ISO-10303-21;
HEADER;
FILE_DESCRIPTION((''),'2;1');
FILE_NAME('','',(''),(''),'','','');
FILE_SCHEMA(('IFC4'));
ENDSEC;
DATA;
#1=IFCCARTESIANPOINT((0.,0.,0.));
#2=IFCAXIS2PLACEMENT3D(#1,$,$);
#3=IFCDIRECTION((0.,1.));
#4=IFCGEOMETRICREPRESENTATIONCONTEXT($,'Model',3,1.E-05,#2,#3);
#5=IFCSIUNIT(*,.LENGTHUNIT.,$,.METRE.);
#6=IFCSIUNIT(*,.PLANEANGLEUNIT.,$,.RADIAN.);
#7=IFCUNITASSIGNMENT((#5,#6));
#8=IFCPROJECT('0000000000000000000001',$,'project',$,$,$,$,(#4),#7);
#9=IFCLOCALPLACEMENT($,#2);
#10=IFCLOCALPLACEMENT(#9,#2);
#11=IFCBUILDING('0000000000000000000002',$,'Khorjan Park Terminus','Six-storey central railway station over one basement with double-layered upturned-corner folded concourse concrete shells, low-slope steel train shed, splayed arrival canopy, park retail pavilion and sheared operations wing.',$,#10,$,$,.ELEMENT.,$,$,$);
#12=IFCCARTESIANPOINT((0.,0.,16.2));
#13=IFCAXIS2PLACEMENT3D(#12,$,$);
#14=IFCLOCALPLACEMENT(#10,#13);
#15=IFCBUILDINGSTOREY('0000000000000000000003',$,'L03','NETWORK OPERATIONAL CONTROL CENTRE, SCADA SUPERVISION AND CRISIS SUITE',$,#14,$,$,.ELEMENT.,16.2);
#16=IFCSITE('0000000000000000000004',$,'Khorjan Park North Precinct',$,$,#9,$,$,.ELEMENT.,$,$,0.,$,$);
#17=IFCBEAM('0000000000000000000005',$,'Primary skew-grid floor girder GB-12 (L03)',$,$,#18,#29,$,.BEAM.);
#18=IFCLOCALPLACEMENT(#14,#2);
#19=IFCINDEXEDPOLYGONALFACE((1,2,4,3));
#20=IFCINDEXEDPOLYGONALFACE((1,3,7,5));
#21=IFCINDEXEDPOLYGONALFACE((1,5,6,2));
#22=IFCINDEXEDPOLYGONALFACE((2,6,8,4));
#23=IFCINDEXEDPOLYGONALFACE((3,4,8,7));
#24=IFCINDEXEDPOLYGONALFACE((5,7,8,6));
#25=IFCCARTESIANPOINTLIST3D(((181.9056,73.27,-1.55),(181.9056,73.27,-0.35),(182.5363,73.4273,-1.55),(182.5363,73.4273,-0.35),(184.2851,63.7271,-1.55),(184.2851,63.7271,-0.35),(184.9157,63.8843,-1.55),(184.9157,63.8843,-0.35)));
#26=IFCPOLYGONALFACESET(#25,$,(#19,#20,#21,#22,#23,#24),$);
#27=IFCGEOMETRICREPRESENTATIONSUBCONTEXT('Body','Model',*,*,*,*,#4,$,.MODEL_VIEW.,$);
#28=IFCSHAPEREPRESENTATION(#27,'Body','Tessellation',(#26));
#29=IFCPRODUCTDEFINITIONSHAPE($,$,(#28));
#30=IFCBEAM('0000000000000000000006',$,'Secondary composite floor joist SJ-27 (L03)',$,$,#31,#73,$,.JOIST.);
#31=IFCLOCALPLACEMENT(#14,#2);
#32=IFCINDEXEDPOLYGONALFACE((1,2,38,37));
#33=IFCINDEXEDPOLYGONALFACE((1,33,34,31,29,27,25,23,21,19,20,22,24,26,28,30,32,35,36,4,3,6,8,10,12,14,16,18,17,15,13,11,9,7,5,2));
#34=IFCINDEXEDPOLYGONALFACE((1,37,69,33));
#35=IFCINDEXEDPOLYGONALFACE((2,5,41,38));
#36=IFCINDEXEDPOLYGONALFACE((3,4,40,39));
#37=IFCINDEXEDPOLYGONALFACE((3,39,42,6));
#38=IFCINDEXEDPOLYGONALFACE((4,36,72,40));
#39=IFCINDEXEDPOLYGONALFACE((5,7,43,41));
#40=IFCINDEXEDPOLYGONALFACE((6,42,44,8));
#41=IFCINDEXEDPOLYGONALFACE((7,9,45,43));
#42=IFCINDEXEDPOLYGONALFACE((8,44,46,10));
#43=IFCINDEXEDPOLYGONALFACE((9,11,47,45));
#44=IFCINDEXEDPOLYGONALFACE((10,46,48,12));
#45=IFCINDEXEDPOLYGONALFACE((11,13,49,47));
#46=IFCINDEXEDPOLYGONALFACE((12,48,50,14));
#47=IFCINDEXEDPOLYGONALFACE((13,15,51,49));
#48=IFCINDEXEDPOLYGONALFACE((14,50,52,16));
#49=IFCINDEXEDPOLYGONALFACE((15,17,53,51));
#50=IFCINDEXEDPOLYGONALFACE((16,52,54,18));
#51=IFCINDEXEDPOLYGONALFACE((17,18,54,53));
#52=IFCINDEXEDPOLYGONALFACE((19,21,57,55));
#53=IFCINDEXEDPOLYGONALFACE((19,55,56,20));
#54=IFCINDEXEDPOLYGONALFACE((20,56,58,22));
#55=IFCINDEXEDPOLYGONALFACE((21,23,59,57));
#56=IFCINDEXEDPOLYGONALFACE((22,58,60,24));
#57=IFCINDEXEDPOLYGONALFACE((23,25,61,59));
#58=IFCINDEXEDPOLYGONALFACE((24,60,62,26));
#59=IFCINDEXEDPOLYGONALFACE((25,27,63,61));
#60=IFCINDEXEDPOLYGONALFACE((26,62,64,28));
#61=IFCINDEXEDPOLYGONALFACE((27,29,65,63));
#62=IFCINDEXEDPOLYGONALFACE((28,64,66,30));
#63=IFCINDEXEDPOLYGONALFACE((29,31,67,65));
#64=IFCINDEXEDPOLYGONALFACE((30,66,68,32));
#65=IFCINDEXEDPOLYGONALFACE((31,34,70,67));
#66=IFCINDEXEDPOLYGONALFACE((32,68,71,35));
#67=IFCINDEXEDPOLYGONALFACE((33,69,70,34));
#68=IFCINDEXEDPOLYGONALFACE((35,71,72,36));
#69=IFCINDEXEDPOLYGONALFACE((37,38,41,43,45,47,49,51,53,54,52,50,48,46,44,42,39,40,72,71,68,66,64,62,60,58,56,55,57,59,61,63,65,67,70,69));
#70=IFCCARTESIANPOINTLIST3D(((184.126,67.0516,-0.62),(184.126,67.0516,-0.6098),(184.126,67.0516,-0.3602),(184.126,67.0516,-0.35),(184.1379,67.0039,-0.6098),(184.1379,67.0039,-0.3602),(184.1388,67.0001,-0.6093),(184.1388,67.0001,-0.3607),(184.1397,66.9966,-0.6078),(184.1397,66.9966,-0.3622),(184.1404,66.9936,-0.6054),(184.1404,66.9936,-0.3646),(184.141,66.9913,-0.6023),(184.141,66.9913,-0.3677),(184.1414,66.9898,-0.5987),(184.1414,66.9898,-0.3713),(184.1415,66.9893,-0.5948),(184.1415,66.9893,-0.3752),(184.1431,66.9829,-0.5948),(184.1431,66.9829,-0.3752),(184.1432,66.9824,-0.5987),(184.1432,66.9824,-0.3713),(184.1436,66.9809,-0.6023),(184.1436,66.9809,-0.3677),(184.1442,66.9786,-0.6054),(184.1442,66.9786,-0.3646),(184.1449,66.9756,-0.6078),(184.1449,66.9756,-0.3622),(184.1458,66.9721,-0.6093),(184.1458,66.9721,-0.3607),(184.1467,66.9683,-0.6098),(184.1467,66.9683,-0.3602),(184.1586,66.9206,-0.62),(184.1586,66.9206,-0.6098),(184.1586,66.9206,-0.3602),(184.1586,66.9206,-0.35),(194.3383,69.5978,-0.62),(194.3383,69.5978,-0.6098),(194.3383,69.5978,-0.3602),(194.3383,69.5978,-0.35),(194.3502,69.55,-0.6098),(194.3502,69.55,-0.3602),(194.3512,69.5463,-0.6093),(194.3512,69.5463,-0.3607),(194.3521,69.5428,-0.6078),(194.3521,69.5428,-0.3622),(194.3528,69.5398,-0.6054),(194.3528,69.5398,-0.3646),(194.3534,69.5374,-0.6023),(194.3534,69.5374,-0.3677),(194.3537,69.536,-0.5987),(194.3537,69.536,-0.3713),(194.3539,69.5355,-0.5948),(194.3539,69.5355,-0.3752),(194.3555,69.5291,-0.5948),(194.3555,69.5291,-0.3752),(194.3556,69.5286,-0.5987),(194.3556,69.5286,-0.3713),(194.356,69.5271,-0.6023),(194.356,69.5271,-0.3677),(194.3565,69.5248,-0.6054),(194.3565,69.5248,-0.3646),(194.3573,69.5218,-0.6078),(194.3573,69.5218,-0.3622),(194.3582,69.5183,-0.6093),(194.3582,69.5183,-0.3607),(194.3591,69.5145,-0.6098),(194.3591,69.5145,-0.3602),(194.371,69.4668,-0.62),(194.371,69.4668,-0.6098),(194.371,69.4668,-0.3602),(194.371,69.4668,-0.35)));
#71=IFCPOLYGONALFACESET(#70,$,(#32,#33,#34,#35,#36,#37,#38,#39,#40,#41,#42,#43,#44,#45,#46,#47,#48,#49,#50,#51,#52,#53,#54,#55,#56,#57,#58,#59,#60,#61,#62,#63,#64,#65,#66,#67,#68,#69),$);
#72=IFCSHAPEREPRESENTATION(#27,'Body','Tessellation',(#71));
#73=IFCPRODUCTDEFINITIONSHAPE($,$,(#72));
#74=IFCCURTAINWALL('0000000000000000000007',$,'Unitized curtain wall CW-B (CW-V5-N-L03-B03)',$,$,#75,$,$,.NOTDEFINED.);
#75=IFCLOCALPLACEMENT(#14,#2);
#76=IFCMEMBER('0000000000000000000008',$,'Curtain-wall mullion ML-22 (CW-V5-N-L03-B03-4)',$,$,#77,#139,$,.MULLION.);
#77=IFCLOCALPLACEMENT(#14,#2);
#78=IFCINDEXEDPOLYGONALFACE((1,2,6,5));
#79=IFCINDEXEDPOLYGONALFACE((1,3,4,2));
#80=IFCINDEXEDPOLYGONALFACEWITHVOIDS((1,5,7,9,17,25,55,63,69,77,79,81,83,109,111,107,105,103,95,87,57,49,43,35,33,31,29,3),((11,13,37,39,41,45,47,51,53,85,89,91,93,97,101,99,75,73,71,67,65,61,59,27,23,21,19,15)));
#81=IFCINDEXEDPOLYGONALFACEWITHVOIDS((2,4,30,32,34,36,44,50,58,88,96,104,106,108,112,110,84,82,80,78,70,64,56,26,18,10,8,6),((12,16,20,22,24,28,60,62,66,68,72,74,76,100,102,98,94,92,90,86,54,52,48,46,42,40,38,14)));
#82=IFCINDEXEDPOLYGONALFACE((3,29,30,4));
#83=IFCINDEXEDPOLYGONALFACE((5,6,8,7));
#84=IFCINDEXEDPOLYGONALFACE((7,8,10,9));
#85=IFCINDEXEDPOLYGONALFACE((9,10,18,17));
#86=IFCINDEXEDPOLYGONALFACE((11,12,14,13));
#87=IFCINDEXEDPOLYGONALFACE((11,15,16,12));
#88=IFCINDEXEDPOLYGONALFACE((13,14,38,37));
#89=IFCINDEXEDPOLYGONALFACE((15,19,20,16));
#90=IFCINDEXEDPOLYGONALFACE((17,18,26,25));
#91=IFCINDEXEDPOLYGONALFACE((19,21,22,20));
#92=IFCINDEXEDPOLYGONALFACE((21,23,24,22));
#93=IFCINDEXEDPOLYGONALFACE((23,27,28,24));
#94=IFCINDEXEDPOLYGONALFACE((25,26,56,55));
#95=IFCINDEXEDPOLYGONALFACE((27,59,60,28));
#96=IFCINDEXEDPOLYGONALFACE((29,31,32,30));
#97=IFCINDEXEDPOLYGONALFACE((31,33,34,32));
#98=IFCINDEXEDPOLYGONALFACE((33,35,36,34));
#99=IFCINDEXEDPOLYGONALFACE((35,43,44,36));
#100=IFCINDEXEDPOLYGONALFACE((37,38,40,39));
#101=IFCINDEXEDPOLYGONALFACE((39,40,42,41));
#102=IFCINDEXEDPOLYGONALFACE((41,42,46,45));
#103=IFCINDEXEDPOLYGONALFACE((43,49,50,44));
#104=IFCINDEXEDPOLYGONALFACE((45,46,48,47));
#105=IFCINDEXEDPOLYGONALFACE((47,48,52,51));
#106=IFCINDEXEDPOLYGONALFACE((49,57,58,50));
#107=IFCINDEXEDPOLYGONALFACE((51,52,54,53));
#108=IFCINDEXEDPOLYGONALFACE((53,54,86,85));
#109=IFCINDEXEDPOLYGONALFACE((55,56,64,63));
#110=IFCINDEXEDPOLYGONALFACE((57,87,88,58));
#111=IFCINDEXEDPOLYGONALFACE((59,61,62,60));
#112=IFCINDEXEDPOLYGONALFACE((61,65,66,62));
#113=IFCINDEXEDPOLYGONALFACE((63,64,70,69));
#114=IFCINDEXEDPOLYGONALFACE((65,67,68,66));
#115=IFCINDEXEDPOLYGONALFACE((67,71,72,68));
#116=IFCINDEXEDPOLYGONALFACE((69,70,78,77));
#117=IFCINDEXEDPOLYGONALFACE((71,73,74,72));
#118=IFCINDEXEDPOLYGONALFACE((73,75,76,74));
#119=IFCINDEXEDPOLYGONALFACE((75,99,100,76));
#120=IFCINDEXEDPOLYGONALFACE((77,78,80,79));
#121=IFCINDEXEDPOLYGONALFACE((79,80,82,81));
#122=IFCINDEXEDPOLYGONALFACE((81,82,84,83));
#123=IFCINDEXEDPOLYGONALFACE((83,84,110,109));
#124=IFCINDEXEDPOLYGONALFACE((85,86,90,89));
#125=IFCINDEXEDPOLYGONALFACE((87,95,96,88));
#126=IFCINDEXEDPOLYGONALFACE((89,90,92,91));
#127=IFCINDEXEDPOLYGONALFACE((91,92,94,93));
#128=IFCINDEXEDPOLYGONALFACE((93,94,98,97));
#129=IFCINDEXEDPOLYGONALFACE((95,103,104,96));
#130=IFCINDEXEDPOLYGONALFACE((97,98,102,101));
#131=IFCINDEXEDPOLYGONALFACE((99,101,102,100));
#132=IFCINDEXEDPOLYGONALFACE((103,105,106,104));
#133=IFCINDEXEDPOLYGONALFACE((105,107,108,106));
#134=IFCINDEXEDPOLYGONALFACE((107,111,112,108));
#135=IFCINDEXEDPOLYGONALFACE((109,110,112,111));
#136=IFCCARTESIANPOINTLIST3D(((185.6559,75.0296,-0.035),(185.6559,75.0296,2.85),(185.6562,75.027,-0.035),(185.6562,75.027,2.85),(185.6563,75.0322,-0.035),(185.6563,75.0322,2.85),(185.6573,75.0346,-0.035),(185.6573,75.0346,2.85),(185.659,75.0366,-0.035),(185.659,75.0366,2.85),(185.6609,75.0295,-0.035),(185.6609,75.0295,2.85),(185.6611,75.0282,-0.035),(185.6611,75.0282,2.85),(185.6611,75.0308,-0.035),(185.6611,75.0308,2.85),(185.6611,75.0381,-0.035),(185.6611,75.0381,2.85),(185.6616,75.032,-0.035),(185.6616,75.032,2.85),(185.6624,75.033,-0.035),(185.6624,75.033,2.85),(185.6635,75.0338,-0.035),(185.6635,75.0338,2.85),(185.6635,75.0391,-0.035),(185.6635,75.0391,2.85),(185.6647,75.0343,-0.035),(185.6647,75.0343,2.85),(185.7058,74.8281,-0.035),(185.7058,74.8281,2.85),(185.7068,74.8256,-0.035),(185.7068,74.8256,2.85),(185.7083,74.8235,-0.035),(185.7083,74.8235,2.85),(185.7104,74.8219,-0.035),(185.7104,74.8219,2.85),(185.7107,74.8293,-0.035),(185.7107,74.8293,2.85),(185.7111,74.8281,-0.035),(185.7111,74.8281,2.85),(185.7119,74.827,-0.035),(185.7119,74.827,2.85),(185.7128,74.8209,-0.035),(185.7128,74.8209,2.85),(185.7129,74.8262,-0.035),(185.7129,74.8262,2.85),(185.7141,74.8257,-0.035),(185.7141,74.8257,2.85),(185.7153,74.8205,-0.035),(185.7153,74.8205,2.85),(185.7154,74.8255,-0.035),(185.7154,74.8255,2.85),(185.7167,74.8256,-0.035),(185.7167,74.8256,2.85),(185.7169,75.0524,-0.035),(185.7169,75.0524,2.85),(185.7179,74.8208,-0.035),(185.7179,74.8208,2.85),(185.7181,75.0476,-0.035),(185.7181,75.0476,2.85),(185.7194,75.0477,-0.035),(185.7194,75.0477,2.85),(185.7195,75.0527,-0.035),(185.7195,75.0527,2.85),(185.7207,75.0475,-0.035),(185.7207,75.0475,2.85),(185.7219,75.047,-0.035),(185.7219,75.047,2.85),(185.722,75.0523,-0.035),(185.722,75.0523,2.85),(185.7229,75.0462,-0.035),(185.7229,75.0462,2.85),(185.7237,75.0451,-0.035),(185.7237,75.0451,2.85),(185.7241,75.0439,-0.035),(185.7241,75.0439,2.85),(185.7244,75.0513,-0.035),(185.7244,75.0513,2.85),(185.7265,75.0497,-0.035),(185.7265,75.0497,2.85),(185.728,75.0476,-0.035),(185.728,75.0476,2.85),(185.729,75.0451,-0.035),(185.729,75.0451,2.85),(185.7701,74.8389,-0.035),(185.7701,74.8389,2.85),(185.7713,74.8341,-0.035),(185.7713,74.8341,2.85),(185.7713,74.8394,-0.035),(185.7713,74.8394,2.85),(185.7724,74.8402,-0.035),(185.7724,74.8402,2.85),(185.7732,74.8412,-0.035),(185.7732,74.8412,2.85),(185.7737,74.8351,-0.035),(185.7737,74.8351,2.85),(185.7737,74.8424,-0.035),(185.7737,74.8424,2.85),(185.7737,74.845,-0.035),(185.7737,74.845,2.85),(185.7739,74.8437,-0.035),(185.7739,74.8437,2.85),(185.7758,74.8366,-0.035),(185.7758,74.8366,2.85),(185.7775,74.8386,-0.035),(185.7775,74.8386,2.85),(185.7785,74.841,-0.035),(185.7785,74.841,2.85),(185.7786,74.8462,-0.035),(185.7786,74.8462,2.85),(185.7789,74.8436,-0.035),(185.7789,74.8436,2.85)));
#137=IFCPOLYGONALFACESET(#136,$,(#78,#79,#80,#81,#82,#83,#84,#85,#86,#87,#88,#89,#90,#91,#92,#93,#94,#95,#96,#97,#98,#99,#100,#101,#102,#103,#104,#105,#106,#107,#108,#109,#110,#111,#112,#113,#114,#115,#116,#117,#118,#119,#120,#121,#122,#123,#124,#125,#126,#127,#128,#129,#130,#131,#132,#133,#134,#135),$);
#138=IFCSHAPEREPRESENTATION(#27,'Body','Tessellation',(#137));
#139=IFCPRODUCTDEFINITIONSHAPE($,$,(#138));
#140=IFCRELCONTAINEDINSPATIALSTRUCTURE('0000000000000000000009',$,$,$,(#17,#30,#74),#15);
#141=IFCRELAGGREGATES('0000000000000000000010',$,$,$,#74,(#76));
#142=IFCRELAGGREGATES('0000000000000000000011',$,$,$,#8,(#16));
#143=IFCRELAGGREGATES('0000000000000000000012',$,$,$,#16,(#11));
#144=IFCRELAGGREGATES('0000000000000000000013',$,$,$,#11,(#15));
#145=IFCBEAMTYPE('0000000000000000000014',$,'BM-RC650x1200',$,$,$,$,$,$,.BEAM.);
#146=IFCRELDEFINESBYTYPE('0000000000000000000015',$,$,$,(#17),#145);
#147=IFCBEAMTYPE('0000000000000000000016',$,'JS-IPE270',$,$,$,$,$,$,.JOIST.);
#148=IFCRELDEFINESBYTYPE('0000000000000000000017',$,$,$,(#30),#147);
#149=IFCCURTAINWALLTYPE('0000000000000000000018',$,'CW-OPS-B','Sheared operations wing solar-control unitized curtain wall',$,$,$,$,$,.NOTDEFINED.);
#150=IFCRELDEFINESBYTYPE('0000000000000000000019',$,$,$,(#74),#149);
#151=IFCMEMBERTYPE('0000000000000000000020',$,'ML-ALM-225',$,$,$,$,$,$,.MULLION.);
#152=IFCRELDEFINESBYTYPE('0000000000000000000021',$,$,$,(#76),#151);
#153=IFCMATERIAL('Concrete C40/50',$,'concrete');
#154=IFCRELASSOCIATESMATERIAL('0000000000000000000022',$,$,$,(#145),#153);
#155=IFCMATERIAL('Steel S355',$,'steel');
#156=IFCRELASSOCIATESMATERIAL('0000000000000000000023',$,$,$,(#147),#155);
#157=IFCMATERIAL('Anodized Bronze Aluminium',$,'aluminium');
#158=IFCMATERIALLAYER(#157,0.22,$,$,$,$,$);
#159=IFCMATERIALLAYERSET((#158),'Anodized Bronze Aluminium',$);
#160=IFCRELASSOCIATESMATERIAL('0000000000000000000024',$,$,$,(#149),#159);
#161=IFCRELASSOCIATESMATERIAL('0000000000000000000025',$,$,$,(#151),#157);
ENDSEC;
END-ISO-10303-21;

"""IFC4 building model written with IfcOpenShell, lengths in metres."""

from ifc_helpers import new_model, si_unit, direction, frame, origin, origin_2d, place, context, subcontext, project, spatial, rectangle, hollow_rectangle, i_section, extrude, material, layer, layer_set, material_profile, profile_set, type_object, element, aggregate, save


model = new_model("IFC4")

# Units and contexts
model_context = context("Model", 3, precision=1e-05, world=origin(), true_north=direction((0.0, 1.0)))
body_context = subcontext(model_context, "Body", "Model", "MODEL_VIEW")
ifc_project = project(units=[si_unit("LENGTHUNIT", "METRE"), si_unit("PLANEANGLEUNIT", "RADIAN")], contexts=[model_context])

# Site, building, storey
site_placement = place(None, origin())
site = spatial("IfcSite", under=ifc_project, at=site_placement, Name="Khorjan Park North Precinct", CompositionType="ELEMENT", RefElevation=0.0)
building_placement = place(site_placement, origin())
building = spatial("IfcBuilding", under=site, at=building_placement, Name="Khorjan Park Terminus", Description="Six-storey central railway station over one basement with double-layered upturned-corner folded concourse concrete shells, low-slope steel train shed, splayed arrival canopy, park retail pavilion and sheared operations wing.", CompositionType="ELEMENT")
storey_placement = place(building_placement, frame((0.0, 0.0, 16.2)))
storey = spatial("IfcBuildingStorey", under=building, at=storey_placement, Name="L03", Description="NETWORK OPERATIONAL CONTROL CENTRE, SCADA SUPERVISION AND CRISIS SUITE", CompositionType="ELEMENT", Elevation=16.2)

# Beams
ifc_material_1 = material(Name="Concrete C40/50", Category="concrete")
ifc_material_profile_1 = material_profile(ifc_material_1, rectangle(XDim=0.65, YDim=1.2, at=origin_2d()), Name="RC 650x1200")
ifc_profile_set_1 = profile_set([ifc_material_profile_1], Name="Concrete C40/50")
beam_type_1 = type_object("IfcBeamType", Name="BM-RC650x1200", PredefinedType="BEAM", material=ifc_profile_set_1)
beam_1_placement = place(storey_placement, frame((184.6004, 63.8057, -0.95), z_axis=(-0.24193, 0.970294, 0.0), x_axis=(-0.970294, -0.24193, 0.0)))
element("IfcBeam", 1, at=beam_1_placement, inside=storey, type_object=beam_type_1, Name="Primary skew-grid floor girder GB-12 (L03)", PredefinedType="BEAM", context=body_context, shape_type="SweptSolid", body=[
    extrude(rectangle(XDim=0.65, YDim=1.2, at=origin_2d()), origin(), (0.0, 0.0, 1.0), 9.8351),
])
ifc_material_2 = material(Name="Steel S355", Category="steel")
ifc_material_profile_2 = material_profile(ifc_material_2, i_section(OverallWidth=0.135, OverallDepth=0.27, WebThickness=0.0066, FlangeThickness=0.0102, FilletRadius=0.015, at=origin_2d()), Name="IPE 270")
ifc_profile_set_2 = profile_set([ifc_material_profile_2], Name="Steel S355")
beam_type_2 = type_object("IfcBeamType", Name="JS-IPE270", PredefinedType="JOIST", material=ifc_profile_set_2)
beam_2_placement = place(storey_placement, frame((184.1423, 66.9861, -0.485), z_axis=(0.970297, 0.241919, 0.0), x_axis=(-0.241919, 0.970297, 0.0)))
element("IfcBeam", 2, at=beam_2_placement, inside=storey, type_object=beam_type_2, Name="Secondary composite floor joist SJ-27 (L03)", PredefinedType="JOIST", context=body_context, shape_type="SweptSolid", body=[
    extrude(i_section(OverallWidth=0.135, OverallDepth=0.27, WebThickness=0.0066, FlangeThickness=0.0102, FilletRadius=0.015, at=origin_2d()), origin(), (0.0, 0.0, 1.0), 10.525),
])

# Curtain wall, member
ifc_material_3 = material(Name="Anodized Bronze Aluminium", Category="aluminium")
ifc_layer_1 = layer(ifc_material_3, 0.22)
ifc_layer_set_1 = layer_set([ifc_layer_1], Name="Anodized Bronze Aluminium")
curtain_wall_type = type_object("IfcCurtainWallType", Name="CW-OPS-B", Description="Sheared operations wing solar-control unitized curtain wall", PredefinedType="NOTDEFINED", material=ifc_layer_set_1)
curtain_wall_1_placement = place(storey_placement, origin())
curtain_wall_1 = element("IfcCurtainWall", 3, at=curtain_wall_1_placement, inside=storey, type_object=curtain_wall_type, Name="Unitized curtain wall CW-B (CW-V5-N-L03-B03)", PredefinedType="NOTDEFINED")
ifc_material_profile_3 = material_profile(ifc_material_3, hollow_rectangle(XDim=0.075, YDim=0.225, WallThickness=0.005, InnerFilletRadius=0.005, OuterFilletRadius=0.01, at=origin_2d()), Name="ALM 75x225x5")
ifc_profile_set_3 = profile_set([ifc_material_profile_3], Name="Anodized Bronze Aluminium")
member_type_1 = type_object("IfcMemberType", Name="ML-ALM-225", PredefinedType="MULLION", material=ifc_profile_set_3)
member_1_placement = place(storey_placement, frame((185.7174, 74.9366, -0.035), z_axis=(0.0, 0.0, 1.0), x_axis=(-0.970296, -0.241921, 0.0)))
member_1 = element("IfcMember", 4, at=member_1_placement, type_object=member_type_1, Name="Curtain-wall mullion ML-22 (CW-V5-N-L03-B03-4)", PredefinedType="MULLION", context=body_context, shape_type="SweptSolid", body=[
    extrude(hollow_rectangle(XDim=0.075, YDim=0.225, WallThickness=0.005, InnerFilletRadius=0.005, OuterFilletRadius=0.01, at=origin_2d()), origin(), (0.0, 0.0, 1.0), 2.885),
])

aggregate(curtain_wall_1, [member_1])

save(model, "model.ifc")
